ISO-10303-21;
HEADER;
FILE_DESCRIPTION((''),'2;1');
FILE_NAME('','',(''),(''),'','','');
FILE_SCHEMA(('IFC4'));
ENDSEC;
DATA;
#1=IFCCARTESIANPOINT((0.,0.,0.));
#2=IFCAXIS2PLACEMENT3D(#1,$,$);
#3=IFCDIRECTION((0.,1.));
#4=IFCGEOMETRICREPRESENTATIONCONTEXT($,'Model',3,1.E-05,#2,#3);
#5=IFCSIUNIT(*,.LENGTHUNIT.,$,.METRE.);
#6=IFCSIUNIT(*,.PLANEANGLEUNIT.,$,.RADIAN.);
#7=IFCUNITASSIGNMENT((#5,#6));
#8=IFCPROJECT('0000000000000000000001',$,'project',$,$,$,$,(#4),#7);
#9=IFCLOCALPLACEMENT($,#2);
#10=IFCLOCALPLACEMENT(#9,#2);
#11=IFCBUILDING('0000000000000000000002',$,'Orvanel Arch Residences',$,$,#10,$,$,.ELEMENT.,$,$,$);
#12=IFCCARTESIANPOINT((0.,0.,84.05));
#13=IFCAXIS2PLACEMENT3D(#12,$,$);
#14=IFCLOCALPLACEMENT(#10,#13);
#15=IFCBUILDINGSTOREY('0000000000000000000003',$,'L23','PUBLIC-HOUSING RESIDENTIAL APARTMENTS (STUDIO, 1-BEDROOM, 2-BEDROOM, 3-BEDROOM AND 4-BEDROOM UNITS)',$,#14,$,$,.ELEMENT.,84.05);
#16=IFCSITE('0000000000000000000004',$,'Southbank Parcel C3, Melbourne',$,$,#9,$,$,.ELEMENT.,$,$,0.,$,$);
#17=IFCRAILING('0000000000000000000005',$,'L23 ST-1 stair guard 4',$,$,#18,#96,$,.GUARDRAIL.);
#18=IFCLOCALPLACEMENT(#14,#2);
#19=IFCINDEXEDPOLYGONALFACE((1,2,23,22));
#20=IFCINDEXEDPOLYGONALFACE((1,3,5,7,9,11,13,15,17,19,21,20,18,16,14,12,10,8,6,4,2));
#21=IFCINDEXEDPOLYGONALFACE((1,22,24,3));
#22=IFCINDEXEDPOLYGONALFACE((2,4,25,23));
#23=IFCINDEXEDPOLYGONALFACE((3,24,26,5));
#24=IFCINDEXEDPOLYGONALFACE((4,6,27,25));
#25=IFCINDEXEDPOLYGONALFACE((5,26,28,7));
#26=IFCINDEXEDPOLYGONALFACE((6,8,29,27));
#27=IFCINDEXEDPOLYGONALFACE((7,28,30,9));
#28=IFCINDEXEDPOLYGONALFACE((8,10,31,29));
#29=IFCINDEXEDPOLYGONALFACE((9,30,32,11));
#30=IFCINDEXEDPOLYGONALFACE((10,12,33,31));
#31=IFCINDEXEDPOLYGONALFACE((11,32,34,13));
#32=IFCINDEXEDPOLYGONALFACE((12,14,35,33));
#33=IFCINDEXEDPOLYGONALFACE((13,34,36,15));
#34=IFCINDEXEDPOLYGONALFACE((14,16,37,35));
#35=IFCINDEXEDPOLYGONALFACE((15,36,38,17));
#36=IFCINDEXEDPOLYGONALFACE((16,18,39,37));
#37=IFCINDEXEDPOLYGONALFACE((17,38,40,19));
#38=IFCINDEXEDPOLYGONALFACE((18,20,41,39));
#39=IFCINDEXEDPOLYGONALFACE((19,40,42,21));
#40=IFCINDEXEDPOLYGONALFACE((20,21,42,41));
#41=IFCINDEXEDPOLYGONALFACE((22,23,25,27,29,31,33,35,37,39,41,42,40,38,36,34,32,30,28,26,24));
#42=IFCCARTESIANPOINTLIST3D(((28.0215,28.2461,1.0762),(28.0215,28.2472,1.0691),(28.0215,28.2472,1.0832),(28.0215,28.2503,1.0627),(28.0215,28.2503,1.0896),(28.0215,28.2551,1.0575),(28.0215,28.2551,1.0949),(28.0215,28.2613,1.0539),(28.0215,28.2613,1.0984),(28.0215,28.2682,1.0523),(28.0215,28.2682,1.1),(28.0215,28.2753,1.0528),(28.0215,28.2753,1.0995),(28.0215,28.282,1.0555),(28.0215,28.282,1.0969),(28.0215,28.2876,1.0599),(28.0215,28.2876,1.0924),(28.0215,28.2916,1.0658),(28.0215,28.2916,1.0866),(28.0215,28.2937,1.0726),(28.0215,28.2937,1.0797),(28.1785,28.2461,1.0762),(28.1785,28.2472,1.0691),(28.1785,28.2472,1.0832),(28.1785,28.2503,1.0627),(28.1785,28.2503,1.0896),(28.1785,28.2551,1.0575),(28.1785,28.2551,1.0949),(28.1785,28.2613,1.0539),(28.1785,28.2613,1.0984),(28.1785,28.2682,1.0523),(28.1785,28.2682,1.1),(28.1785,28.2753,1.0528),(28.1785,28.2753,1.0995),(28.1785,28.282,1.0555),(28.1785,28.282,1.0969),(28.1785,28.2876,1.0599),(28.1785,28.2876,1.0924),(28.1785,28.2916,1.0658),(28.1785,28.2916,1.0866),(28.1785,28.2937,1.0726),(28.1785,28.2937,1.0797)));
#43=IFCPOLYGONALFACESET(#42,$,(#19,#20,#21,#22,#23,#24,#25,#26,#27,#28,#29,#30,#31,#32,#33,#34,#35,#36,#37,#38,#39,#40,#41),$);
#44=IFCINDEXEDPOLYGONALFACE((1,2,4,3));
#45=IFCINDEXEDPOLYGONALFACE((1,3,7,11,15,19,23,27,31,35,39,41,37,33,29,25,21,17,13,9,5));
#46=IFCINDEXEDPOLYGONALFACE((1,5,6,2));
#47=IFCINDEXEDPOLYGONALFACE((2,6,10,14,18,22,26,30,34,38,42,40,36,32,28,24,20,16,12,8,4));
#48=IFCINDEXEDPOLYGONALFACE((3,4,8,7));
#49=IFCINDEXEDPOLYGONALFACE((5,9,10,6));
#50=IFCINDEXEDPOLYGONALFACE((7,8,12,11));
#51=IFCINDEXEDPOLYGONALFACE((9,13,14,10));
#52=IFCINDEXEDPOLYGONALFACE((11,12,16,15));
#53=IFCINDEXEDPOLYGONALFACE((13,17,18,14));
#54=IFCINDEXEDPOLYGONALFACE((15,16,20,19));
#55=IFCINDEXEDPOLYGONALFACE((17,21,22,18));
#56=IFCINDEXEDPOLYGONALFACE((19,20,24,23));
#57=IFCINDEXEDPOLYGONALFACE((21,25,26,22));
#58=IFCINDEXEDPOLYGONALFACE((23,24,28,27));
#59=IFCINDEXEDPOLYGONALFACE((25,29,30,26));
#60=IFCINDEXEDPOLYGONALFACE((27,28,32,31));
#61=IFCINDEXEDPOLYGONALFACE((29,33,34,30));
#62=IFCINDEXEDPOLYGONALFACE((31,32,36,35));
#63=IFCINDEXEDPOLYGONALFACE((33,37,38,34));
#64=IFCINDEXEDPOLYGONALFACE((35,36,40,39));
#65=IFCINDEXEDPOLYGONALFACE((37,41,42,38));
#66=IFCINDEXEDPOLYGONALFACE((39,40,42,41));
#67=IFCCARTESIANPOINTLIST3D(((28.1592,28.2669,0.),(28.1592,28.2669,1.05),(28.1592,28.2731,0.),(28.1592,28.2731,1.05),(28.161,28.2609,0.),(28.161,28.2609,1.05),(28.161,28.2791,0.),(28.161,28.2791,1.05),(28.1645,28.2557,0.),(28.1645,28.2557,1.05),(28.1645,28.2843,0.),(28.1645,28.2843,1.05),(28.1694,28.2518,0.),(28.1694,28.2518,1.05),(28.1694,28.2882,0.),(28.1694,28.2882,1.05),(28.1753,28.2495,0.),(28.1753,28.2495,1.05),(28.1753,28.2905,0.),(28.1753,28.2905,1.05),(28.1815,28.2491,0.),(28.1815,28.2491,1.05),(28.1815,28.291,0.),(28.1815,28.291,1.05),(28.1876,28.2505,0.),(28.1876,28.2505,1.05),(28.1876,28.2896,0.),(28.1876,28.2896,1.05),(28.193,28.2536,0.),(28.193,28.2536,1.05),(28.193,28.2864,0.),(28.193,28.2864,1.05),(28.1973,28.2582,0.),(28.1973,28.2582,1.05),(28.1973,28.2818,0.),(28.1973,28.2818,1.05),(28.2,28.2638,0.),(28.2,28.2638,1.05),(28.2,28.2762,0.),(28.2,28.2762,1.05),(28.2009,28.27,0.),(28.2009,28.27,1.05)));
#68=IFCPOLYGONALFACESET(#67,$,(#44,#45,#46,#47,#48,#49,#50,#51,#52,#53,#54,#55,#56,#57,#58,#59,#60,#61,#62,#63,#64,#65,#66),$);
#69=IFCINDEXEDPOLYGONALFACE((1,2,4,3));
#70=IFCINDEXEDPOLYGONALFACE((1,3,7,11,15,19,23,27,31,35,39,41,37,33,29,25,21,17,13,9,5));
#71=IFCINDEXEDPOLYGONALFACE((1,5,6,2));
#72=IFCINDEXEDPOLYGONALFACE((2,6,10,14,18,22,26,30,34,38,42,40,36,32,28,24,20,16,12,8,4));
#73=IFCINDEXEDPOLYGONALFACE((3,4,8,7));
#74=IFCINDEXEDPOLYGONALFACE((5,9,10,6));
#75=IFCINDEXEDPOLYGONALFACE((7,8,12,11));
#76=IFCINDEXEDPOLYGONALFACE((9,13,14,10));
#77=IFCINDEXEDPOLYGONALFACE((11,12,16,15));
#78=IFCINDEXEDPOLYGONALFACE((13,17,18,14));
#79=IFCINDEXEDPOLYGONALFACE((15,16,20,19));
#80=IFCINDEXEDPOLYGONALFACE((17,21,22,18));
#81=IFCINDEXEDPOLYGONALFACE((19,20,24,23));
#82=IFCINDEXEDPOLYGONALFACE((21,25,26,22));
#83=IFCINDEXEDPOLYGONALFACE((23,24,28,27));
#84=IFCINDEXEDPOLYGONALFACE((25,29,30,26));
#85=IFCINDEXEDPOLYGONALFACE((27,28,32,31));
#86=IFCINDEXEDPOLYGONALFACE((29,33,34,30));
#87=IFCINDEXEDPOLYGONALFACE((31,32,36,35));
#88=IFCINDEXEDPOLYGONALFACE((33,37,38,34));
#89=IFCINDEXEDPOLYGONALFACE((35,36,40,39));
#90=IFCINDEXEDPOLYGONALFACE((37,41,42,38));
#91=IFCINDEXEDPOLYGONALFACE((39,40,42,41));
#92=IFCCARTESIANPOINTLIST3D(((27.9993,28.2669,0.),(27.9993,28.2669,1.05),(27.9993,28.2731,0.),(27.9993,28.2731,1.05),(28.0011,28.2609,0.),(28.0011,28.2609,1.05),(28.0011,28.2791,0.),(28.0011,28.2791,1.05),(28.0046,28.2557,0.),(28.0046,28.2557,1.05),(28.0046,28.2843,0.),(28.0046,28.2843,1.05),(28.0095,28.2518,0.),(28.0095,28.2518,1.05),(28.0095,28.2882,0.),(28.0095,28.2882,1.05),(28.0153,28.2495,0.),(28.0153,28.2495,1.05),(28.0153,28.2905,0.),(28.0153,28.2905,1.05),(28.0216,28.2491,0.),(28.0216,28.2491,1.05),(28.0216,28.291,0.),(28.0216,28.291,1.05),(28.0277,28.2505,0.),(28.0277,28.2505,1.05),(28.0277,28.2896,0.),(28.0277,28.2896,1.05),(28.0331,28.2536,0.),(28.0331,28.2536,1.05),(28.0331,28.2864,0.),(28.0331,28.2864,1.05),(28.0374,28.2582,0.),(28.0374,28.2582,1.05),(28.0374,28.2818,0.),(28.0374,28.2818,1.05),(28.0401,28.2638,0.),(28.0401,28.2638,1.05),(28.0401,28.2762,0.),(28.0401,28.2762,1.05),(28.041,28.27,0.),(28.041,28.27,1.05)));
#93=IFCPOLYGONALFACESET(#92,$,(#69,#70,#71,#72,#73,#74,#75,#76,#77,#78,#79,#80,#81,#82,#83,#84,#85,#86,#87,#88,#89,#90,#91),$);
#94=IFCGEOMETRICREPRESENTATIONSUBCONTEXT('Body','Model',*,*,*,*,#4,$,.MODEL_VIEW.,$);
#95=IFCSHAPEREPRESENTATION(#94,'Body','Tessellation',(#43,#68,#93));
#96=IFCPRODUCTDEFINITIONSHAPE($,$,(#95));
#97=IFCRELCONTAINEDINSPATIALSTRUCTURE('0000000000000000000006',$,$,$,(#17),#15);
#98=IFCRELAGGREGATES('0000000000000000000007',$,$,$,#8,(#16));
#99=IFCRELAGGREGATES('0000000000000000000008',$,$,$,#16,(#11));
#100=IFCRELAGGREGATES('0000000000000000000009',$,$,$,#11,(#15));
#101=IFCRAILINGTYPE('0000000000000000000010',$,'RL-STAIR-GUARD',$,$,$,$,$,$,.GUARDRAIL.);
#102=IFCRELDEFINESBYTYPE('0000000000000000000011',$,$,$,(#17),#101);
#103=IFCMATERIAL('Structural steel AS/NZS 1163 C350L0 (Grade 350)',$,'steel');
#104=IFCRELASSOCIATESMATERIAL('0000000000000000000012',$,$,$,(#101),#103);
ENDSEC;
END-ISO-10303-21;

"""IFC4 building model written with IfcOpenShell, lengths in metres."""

from ifc_helpers import new_model, si_unit, direction, frame, origin, origin_2d, place, context, subcontext, project, spatial, circle, extrude, material, type_object, element, save


model = new_model("IFC4")

# Units and contexts
model_context = context("Model", 3, precision=1e-05, world=origin(), true_north=direction((0.0, 1.0)))
body_context = subcontext(model_context, "Body", "Model", "MODEL_VIEW")
ifc_project = project(units=[si_unit("LENGTHUNIT", "METRE"), si_unit("PLANEANGLEUNIT", "RADIAN")], contexts=[model_context])

# Site, building, storey
site_placement = place(None, origin())
site = spatial("IfcSite", under=ifc_project, at=site_placement, Name="Southbank Parcel C3, Melbourne", CompositionType="ELEMENT", RefElevation=0.0)
building_placement = place(site_placement, origin())
building = spatial("IfcBuilding", under=site, at=building_placement, Name="Orvanel Arch Residences", CompositionType="ELEMENT")
storey_placement = place(building_placement, frame((0.0, 0.0, 84.05)))
storey = spatial("IfcBuildingStorey", under=building, at=storey_placement, Name="L23", Description="PUBLIC-HOUSING RESIDENTIAL APARTMENTS (STUDIO, 1-BEDROOM, 2-BEDROOM, 3-BEDROOM AND 4-BEDROOM UNITS)", CompositionType="ELEMENT", Elevation=84.05)

# Railing
ifc_material_1 = material(Name="Structural steel AS/NZS 1163 C350L0 (Grade 350)", Category="steel")
railing_type_1 = type_object("IfcRailingType", Name="RL-STAIR-GUARD", PredefinedType="GUARDRAIL", material=ifc_material_1)
railing_1_placement = place(storey_placement, frame((28.1799, 28.27, 0.0)))
element("IfcRailing", 1, at=railing_1_placement, inside=storey, type_object=railing_type_1, Name="L23 ST-1 stair guard 4", PredefinedType="GUARDRAIL", context=body_context, shape_type="SweptSolid", body=[
    extrude(circle(Radius=0.0239, at=origin_2d()), frame((-0.0015, 0.0, 1.0762), z_axis=(-1.0, 0.0, 0.0), x_axis=(0.0, -1.0, 0.0)), (0.0, 0.0, 1.0), 0.157),
    extrude(circle(Radius=0.021, at=origin_2d()), origin(), (0.0, 0.0, 1.0), 1.05),
    extrude(circle(Radius=0.021, at=origin_2d()), frame((-0.1599, 0.0, 0.0)), (0.0, 0.0, 1.0), 1.05),
])

save(model, "model.ifc")
